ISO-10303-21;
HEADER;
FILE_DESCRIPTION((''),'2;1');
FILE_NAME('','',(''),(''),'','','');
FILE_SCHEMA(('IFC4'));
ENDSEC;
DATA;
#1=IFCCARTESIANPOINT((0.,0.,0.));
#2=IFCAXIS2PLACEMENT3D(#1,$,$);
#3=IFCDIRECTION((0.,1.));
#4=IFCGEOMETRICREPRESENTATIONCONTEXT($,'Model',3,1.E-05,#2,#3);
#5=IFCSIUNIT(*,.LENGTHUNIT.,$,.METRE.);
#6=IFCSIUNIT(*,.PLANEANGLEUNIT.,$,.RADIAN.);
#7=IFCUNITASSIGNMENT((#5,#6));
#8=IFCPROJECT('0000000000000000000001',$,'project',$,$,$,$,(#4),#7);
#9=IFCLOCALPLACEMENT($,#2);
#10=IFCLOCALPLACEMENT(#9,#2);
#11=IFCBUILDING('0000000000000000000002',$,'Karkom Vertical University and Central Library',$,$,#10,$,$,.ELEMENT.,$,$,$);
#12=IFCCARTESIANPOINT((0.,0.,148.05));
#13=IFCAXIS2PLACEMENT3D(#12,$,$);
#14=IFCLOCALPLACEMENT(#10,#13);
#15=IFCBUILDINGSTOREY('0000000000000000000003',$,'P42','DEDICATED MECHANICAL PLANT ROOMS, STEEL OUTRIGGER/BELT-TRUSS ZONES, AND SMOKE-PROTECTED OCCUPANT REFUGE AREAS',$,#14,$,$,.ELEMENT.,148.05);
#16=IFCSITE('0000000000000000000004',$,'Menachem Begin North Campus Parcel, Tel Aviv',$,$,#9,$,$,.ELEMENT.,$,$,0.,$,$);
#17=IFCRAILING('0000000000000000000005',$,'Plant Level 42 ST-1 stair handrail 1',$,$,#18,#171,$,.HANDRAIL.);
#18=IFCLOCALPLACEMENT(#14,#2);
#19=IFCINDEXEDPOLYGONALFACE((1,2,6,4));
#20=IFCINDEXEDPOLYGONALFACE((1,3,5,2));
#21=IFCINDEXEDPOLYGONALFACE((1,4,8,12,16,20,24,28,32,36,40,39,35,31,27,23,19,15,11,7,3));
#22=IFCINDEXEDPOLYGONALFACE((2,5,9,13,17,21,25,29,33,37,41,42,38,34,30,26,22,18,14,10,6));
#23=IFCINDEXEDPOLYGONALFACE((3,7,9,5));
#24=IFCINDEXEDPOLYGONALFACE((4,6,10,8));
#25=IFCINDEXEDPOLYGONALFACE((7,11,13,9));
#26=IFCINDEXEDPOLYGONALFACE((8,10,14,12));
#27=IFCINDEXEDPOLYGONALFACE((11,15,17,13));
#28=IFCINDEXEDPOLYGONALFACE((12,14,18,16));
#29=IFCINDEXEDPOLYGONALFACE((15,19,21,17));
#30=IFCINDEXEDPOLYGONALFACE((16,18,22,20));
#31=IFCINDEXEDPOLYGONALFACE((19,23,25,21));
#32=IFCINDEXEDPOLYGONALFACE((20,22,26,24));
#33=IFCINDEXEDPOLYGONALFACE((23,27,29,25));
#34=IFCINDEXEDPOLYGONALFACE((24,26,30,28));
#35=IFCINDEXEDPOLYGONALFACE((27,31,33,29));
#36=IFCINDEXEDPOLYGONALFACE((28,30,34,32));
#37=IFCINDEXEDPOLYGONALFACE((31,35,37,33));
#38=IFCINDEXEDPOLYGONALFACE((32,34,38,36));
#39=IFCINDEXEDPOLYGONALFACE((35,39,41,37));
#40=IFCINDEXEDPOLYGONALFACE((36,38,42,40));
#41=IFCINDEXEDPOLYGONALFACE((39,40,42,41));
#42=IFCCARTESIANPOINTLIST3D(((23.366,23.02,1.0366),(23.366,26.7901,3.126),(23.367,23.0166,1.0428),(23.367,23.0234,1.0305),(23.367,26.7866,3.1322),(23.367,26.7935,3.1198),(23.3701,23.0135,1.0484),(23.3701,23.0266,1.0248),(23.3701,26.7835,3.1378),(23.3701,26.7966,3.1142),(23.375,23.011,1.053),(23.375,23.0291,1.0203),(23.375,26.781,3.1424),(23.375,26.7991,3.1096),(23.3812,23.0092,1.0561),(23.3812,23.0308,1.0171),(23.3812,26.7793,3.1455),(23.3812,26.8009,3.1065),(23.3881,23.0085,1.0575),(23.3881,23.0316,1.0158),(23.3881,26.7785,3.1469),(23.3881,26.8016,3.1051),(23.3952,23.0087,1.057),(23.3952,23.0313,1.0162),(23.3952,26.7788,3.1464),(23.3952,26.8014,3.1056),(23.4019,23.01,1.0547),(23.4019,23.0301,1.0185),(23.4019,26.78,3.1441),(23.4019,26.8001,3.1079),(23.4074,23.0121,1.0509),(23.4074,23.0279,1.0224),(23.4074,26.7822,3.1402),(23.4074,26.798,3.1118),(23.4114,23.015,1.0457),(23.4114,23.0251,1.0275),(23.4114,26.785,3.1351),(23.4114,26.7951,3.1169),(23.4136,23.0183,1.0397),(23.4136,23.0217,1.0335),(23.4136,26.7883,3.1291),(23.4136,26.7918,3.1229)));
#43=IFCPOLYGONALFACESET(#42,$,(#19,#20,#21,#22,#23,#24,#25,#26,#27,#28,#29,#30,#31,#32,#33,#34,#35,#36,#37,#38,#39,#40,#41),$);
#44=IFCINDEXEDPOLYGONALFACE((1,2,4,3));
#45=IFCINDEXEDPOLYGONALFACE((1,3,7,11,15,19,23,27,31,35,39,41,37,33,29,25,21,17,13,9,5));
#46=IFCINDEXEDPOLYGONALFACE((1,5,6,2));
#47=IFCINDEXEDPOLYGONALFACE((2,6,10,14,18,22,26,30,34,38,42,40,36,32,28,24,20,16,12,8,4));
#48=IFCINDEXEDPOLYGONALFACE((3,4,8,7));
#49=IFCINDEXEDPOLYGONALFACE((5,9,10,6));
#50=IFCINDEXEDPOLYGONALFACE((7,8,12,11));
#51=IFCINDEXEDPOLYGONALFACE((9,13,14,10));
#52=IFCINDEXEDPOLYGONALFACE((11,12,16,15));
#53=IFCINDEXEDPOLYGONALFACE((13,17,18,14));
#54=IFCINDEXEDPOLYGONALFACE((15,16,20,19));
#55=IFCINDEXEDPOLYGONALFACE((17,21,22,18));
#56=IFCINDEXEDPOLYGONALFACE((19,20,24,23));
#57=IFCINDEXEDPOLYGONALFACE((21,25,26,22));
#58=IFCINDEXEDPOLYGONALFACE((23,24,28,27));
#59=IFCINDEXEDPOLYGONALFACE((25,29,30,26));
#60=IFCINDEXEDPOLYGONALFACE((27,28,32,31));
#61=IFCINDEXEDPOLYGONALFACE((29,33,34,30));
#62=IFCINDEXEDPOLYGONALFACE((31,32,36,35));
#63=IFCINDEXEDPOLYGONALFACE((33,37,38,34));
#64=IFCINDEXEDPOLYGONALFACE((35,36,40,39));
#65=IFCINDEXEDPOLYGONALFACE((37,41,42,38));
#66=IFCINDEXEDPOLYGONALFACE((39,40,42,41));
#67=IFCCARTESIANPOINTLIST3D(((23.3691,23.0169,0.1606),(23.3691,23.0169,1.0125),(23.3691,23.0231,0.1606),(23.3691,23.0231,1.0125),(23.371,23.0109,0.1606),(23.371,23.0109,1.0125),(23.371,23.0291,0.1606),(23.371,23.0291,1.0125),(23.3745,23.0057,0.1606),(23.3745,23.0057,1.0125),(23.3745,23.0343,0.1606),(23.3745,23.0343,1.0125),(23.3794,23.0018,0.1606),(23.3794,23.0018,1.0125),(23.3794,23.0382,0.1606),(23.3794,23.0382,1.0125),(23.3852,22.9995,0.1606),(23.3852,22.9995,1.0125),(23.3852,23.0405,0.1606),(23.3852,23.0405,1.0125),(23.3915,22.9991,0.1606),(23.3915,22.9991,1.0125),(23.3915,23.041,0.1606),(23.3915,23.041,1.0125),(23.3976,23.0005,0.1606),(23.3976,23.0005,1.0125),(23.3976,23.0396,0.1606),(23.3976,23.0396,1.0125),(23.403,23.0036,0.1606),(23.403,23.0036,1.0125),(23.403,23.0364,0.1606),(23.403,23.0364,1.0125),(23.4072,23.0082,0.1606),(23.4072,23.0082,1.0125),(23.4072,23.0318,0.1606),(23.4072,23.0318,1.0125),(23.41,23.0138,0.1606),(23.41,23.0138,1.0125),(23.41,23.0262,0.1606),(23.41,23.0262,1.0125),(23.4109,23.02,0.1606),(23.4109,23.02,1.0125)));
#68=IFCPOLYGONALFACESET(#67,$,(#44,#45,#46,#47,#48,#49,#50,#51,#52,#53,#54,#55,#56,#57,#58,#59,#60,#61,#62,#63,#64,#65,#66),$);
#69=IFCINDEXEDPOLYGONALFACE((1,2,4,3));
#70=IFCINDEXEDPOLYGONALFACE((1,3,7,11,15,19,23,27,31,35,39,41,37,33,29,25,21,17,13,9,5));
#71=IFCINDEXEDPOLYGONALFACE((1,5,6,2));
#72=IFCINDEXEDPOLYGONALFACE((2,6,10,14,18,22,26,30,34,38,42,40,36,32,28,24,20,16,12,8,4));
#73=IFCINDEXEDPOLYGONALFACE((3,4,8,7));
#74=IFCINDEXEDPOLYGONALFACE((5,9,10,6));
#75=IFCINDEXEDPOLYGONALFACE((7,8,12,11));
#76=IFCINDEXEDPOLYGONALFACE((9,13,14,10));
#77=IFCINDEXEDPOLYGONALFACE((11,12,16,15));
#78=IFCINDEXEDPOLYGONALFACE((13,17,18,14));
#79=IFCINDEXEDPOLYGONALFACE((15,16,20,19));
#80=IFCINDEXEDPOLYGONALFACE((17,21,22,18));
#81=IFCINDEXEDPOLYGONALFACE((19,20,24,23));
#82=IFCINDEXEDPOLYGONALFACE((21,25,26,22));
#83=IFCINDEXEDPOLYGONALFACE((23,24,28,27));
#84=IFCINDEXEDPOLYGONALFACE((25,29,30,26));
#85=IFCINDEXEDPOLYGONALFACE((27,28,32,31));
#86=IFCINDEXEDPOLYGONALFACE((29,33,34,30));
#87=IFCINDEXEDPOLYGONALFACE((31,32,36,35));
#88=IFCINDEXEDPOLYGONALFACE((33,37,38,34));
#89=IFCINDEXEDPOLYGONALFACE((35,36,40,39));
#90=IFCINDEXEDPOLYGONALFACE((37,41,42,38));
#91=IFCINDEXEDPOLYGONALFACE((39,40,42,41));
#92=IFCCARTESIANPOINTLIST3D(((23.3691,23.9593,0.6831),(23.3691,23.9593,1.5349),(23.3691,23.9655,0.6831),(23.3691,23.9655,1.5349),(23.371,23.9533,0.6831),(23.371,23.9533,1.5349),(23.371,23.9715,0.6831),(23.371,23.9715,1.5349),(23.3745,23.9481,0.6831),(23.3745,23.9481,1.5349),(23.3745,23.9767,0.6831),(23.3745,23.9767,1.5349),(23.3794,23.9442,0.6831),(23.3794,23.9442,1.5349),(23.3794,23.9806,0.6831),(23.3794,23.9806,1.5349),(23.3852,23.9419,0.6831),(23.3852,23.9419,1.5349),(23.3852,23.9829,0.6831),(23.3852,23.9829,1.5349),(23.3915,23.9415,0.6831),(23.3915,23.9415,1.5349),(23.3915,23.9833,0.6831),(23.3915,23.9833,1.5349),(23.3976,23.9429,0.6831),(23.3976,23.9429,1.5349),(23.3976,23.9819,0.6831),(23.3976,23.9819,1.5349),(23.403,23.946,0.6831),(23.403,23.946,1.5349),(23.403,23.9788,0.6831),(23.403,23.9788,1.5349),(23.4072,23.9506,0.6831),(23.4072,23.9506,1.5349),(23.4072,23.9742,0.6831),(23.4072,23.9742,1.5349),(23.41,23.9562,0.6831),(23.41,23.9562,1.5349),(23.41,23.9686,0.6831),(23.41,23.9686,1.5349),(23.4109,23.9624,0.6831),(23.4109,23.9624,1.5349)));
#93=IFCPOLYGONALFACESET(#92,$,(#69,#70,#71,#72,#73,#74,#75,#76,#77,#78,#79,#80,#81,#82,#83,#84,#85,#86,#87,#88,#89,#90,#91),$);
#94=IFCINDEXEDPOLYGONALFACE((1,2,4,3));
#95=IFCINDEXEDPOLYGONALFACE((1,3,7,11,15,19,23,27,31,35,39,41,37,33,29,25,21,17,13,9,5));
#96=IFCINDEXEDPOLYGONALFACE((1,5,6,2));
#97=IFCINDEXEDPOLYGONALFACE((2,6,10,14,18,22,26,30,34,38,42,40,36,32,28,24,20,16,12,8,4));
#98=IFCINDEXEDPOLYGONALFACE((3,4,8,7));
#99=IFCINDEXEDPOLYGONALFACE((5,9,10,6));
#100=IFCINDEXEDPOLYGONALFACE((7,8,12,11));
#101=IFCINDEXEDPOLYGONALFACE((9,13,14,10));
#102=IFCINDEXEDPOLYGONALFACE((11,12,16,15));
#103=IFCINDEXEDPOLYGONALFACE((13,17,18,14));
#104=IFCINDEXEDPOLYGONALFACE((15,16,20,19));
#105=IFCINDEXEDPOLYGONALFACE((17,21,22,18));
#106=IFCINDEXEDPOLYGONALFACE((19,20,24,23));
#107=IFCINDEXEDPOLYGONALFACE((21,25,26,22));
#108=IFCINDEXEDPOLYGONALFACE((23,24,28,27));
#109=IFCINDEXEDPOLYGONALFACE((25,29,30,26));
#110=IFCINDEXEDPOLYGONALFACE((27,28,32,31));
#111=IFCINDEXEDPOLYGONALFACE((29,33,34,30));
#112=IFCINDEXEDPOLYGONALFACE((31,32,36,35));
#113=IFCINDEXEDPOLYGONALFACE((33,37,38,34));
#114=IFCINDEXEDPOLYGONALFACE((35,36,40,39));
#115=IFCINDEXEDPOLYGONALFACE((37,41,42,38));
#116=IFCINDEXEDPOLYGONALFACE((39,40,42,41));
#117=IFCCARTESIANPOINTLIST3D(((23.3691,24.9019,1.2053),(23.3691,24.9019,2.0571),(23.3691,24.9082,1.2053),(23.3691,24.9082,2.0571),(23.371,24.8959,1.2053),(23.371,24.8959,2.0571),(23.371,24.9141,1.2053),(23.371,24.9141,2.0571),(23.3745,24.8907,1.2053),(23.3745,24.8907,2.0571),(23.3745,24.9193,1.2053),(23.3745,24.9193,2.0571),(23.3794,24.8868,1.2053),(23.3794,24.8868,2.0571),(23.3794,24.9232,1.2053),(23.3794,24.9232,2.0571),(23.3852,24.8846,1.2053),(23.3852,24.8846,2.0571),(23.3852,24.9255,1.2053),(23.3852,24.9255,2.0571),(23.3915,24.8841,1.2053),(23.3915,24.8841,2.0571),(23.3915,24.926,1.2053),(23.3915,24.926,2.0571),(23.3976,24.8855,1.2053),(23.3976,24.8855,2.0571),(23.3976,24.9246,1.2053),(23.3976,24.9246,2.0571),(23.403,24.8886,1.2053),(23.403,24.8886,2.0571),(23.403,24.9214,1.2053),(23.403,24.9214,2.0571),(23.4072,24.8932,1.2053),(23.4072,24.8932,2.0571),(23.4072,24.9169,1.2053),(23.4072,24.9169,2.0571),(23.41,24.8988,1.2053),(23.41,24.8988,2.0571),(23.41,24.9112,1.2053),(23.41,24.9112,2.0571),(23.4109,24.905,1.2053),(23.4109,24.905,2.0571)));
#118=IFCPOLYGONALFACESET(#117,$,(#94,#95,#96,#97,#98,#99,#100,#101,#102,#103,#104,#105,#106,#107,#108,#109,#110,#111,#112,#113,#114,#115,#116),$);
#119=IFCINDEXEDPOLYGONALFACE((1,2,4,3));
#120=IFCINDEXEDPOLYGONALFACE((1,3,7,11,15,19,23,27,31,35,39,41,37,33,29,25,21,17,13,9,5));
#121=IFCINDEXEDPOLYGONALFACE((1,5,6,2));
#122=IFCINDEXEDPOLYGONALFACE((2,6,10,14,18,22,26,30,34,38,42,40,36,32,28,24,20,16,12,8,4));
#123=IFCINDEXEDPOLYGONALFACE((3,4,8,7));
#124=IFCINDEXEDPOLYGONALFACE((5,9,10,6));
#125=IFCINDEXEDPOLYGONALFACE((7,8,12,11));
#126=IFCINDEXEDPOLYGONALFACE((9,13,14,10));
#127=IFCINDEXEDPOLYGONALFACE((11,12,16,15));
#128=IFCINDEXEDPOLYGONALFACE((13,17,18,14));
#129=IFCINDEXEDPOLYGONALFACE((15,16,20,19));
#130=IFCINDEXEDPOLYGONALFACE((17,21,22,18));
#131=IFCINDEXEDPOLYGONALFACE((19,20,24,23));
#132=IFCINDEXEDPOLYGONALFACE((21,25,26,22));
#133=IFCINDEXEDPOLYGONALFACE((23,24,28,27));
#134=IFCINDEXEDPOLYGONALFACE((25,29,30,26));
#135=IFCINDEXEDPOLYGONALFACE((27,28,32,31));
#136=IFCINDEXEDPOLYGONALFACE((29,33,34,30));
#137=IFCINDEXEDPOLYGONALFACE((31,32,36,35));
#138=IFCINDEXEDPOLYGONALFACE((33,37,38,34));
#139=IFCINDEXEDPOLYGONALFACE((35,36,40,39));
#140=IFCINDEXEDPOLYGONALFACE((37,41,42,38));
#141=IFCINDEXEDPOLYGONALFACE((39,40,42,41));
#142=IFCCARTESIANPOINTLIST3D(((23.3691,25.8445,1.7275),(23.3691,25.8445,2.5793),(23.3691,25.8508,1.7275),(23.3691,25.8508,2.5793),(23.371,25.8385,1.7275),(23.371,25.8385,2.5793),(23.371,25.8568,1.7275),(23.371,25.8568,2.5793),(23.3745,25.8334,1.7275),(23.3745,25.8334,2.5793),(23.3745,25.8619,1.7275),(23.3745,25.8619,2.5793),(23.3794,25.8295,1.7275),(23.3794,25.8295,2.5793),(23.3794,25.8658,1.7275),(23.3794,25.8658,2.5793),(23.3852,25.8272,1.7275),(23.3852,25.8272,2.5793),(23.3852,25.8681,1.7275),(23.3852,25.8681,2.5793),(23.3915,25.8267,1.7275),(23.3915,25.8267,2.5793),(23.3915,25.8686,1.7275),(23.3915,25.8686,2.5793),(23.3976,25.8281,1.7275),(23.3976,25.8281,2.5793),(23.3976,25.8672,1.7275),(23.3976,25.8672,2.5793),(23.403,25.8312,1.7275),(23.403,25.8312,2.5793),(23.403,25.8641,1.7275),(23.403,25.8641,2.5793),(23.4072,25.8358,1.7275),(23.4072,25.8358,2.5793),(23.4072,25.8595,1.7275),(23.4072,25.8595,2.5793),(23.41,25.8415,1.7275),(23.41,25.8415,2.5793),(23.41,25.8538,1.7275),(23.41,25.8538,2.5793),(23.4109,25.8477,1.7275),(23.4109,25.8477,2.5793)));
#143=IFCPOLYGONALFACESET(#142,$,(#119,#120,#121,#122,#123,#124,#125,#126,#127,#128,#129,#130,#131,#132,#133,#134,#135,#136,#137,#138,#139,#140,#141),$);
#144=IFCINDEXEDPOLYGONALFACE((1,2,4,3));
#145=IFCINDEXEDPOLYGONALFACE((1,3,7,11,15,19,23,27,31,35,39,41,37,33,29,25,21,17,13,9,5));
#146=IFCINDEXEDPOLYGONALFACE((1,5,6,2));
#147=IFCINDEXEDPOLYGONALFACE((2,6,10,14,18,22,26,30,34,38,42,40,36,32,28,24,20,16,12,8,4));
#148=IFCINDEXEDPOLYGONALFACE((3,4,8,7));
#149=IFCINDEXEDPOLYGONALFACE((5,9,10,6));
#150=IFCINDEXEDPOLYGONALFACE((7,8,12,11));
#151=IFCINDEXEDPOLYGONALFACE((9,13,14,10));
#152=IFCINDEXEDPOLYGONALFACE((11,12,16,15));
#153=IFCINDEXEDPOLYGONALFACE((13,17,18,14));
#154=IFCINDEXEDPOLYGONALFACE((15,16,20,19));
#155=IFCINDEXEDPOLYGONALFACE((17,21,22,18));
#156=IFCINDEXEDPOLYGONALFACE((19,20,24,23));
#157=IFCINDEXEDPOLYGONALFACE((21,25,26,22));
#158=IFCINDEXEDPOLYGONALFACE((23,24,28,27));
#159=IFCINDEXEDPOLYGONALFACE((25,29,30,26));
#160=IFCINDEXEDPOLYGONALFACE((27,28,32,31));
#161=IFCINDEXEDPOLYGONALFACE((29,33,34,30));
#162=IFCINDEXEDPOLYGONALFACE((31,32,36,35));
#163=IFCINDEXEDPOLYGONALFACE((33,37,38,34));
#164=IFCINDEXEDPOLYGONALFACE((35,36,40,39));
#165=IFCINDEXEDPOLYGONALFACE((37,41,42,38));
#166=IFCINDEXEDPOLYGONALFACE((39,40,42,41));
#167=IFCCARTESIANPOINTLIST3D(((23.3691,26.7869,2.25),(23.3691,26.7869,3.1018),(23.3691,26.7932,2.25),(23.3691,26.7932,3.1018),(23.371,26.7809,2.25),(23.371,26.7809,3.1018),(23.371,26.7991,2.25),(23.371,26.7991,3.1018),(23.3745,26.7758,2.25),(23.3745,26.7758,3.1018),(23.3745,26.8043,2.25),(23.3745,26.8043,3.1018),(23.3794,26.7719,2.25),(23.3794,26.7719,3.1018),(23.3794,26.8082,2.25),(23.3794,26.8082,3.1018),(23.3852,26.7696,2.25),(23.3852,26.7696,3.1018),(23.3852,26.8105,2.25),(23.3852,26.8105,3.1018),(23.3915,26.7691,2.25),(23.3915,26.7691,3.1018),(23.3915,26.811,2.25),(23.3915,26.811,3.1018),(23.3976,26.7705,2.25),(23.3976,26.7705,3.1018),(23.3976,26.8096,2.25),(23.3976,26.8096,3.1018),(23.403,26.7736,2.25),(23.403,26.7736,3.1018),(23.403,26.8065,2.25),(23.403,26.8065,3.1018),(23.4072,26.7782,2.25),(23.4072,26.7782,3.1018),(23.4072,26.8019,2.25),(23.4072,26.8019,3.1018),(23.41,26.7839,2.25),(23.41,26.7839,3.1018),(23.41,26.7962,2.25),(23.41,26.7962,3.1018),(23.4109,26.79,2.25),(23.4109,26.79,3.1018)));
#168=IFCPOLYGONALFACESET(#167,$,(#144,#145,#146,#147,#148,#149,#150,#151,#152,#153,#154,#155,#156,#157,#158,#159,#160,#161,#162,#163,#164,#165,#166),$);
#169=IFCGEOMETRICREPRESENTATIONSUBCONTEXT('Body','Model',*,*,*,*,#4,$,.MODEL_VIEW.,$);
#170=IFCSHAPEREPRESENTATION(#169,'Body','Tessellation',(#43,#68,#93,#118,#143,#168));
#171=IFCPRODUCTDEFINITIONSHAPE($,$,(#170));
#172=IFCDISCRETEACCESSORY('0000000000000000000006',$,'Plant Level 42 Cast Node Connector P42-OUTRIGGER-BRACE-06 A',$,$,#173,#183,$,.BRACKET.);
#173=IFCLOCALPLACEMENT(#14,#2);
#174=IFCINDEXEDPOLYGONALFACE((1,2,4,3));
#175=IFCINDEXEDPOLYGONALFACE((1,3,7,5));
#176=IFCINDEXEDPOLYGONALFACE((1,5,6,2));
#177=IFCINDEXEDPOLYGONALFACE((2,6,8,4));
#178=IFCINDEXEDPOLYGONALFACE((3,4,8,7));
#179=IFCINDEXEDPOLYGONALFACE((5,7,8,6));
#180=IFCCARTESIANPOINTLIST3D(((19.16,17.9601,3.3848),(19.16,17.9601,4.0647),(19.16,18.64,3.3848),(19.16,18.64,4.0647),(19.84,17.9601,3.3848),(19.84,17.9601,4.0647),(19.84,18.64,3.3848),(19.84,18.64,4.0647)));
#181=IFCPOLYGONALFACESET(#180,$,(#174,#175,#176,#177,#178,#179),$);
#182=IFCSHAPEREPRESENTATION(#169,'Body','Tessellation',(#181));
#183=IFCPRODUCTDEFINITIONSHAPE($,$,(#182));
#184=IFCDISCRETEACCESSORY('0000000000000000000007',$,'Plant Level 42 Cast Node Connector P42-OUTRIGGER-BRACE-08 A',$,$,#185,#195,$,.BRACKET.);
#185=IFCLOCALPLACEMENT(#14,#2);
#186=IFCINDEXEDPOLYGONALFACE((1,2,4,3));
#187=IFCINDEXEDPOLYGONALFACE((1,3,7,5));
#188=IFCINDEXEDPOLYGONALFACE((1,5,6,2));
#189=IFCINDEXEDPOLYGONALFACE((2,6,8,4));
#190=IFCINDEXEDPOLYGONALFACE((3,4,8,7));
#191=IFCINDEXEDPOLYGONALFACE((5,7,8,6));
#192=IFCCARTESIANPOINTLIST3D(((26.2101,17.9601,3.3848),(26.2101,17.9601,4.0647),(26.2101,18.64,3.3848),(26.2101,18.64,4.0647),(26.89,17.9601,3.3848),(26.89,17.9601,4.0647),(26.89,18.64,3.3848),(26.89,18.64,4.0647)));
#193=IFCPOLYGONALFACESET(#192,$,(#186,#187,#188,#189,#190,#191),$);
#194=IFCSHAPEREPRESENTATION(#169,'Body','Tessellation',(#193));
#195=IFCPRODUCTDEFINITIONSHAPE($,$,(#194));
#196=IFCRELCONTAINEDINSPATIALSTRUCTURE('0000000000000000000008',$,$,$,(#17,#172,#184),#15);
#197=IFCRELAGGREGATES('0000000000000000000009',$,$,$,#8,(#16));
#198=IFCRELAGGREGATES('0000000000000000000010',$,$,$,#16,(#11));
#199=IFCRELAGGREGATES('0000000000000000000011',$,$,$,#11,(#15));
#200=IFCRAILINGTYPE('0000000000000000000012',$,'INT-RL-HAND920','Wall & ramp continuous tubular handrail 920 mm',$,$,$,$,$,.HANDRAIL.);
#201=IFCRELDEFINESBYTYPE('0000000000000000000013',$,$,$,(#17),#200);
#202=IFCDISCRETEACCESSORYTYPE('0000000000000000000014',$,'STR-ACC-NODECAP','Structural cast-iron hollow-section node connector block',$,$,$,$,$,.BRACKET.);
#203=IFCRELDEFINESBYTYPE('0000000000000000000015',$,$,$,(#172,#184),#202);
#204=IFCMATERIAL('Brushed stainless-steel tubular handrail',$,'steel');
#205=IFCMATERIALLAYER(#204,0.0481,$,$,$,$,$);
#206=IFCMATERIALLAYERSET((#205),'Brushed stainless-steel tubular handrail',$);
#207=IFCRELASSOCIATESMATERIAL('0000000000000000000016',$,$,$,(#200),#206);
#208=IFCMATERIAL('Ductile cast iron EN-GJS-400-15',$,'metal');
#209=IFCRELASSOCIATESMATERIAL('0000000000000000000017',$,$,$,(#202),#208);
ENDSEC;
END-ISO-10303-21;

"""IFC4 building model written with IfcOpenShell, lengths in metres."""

from ifc_helpers import new_model, si_unit, direction, frame, origin, origin_with_axes, origin_2d, place, context, subcontext, project, spatial, rectangle, circle, extrude, source, transform, mapped, material, layer, layer_set, type_object, element, save


model = new_model("IFC4")

# Units and contexts
model_context = context("Model", 3, precision=1e-05, world=origin(), true_north=direction((0.0, 1.0)))
body_context = subcontext(model_context, "Body", "Model", "MODEL_VIEW")
ifc_project = project(units=[si_unit("LENGTHUNIT", "METRE"), si_unit("PLANEANGLEUNIT", "RADIAN")], contexts=[model_context])

# Site, building, storey
site_placement = place(None, origin())
site = spatial("IfcSite", under=ifc_project, at=site_placement, Name="Menachem Begin North Campus Parcel, Tel Aviv", CompositionType="ELEMENT", RefElevation=0.0)
building_placement = place(site_placement, origin())
building = spatial("IfcBuilding", under=site, at=building_placement, Name="Karkom Vertical University and Central Library", CompositionType="ELEMENT")
storey_placement = place(building_placement, frame((0.0, 0.0, 148.05)))
storey = spatial("IfcBuildingStorey", under=building, at=storey_placement, Name="P42", Description="DEDICATED MECHANICAL PLANT ROOMS, STEEL OUTRIGGER/BELT-TRUSS ZONES, AND SMOKE-PROTECTED OCCUPANT REFUGE AREAS", CompositionType="ELEMENT", Elevation=148.05)

# Railing
ifc_material_1 = material(Name="Brushed stainless-steel tubular handrail", Category="steel")
ifc_layer_1 = layer(ifc_material_1, 0.0481)
ifc_layer_set_1 = layer_set([ifc_layer_1], Name="Brushed stainless-steel tubular handrail")
railing_type_1 = type_object("IfcRailingType", Name="INT-RL-HAND920", Description="Wall & ramp continuous tubular handrail 920 mm", PredefinedType="HANDRAIL", material=ifc_layer_set_1)
railing_1_placement = place(storey_placement, frame((23.3899, 23.02, 0.1606)))
element("IfcRailing", 1, at=railing_1_placement, inside=storey, type_object=railing_type_1, Name="Plant Level 42 ST-1 stair handrail 1", PredefinedType="HANDRAIL", context=body_context, shape_type="SweptSolid", body=[
    extrude(circle(Radius=0.0239, at=origin_2d()), frame((0.0, 0.0, 0.876), z_axis=(0.0, 0.874659, 0.484739), x_axis=(-1.0, 0.0, 0.0)), (0.0, 0.0, 1.0), 4.3103),
    extrude(circle(Radius=0.021, at=origin_2d()), origin(), (0.0, 0.0, 1.0), 0.8518),
    extrude(circle(Radius=0.021, at=origin_2d()), frame((0.0, 0.9424, 0.5225)), (0.0, 0.0, 1.0), 0.8518),
    extrude(circle(Radius=0.021, at=origin_2d()), frame((0.0, 1.885, 1.0447)), (0.0, 0.0, 1.0), 0.8518),
    extrude(circle(Radius=0.021, at=origin_2d()), frame((0.0, 2.8276, 1.5669)), (0.0, 0.0, 1.0), 0.8518),
    extrude(circle(Radius=0.021, at=origin_2d()), frame((0.0, 3.77, 2.0894)), (0.0, 0.0, 1.0), 0.8518),
])

# Discrete accessories
ifc_material_2 = material(Name="Ductile cast iron EN-GJS-400-15", Category="metal")
discrete_accessory_type = type_object("IfcDiscreteAccessoryType", Name="STR-ACC-NODECAP", Description="Structural cast-iron hollow-section node connector block", PredefinedType="BRACKET", material=ifc_material_2)
shared_shape_1 = source(origin_with_axes(), body_context, "Body", "SweptSolid", [
    extrude(rectangle(XDim=0.6799, YDim=0.6799, at=origin_2d()), origin(), (0.0, 0.0, 1.0), 0.6799),
])
for number, where, z_axis, x_axis, name in (
    (2, (19.5, 18.3, 3.3848), (0.0, 0.0, 1.0), (1.0, 0.0, 0.0), "Plant Level 42 Cast Node Connector P42-OUTRIGGER-BRACE-06 A"),
    (3, (26.55, 18.3, 3.3848), (0.0, 0.0, 1.0), (1.0, 0.0, 0.0), "Plant Level 42 Cast Node Connector P42-OUTRIGGER-BRACE-08 A"),
):
    element("IfcDiscreteAccessory", number, at=place(storey_placement, frame(where, z_axis=z_axis, x_axis=x_axis)), inside=storey, type_object=discrete_accessory_type, Name=name, PredefinedType="BRACKET", context=body_context, shape_type="MappedRepresentation", body=[
        mapped(shared_shape_1, transform((0.0, 0.0, 0.0), scale=1.0)),
    ])

save(model, "model.ifc")
